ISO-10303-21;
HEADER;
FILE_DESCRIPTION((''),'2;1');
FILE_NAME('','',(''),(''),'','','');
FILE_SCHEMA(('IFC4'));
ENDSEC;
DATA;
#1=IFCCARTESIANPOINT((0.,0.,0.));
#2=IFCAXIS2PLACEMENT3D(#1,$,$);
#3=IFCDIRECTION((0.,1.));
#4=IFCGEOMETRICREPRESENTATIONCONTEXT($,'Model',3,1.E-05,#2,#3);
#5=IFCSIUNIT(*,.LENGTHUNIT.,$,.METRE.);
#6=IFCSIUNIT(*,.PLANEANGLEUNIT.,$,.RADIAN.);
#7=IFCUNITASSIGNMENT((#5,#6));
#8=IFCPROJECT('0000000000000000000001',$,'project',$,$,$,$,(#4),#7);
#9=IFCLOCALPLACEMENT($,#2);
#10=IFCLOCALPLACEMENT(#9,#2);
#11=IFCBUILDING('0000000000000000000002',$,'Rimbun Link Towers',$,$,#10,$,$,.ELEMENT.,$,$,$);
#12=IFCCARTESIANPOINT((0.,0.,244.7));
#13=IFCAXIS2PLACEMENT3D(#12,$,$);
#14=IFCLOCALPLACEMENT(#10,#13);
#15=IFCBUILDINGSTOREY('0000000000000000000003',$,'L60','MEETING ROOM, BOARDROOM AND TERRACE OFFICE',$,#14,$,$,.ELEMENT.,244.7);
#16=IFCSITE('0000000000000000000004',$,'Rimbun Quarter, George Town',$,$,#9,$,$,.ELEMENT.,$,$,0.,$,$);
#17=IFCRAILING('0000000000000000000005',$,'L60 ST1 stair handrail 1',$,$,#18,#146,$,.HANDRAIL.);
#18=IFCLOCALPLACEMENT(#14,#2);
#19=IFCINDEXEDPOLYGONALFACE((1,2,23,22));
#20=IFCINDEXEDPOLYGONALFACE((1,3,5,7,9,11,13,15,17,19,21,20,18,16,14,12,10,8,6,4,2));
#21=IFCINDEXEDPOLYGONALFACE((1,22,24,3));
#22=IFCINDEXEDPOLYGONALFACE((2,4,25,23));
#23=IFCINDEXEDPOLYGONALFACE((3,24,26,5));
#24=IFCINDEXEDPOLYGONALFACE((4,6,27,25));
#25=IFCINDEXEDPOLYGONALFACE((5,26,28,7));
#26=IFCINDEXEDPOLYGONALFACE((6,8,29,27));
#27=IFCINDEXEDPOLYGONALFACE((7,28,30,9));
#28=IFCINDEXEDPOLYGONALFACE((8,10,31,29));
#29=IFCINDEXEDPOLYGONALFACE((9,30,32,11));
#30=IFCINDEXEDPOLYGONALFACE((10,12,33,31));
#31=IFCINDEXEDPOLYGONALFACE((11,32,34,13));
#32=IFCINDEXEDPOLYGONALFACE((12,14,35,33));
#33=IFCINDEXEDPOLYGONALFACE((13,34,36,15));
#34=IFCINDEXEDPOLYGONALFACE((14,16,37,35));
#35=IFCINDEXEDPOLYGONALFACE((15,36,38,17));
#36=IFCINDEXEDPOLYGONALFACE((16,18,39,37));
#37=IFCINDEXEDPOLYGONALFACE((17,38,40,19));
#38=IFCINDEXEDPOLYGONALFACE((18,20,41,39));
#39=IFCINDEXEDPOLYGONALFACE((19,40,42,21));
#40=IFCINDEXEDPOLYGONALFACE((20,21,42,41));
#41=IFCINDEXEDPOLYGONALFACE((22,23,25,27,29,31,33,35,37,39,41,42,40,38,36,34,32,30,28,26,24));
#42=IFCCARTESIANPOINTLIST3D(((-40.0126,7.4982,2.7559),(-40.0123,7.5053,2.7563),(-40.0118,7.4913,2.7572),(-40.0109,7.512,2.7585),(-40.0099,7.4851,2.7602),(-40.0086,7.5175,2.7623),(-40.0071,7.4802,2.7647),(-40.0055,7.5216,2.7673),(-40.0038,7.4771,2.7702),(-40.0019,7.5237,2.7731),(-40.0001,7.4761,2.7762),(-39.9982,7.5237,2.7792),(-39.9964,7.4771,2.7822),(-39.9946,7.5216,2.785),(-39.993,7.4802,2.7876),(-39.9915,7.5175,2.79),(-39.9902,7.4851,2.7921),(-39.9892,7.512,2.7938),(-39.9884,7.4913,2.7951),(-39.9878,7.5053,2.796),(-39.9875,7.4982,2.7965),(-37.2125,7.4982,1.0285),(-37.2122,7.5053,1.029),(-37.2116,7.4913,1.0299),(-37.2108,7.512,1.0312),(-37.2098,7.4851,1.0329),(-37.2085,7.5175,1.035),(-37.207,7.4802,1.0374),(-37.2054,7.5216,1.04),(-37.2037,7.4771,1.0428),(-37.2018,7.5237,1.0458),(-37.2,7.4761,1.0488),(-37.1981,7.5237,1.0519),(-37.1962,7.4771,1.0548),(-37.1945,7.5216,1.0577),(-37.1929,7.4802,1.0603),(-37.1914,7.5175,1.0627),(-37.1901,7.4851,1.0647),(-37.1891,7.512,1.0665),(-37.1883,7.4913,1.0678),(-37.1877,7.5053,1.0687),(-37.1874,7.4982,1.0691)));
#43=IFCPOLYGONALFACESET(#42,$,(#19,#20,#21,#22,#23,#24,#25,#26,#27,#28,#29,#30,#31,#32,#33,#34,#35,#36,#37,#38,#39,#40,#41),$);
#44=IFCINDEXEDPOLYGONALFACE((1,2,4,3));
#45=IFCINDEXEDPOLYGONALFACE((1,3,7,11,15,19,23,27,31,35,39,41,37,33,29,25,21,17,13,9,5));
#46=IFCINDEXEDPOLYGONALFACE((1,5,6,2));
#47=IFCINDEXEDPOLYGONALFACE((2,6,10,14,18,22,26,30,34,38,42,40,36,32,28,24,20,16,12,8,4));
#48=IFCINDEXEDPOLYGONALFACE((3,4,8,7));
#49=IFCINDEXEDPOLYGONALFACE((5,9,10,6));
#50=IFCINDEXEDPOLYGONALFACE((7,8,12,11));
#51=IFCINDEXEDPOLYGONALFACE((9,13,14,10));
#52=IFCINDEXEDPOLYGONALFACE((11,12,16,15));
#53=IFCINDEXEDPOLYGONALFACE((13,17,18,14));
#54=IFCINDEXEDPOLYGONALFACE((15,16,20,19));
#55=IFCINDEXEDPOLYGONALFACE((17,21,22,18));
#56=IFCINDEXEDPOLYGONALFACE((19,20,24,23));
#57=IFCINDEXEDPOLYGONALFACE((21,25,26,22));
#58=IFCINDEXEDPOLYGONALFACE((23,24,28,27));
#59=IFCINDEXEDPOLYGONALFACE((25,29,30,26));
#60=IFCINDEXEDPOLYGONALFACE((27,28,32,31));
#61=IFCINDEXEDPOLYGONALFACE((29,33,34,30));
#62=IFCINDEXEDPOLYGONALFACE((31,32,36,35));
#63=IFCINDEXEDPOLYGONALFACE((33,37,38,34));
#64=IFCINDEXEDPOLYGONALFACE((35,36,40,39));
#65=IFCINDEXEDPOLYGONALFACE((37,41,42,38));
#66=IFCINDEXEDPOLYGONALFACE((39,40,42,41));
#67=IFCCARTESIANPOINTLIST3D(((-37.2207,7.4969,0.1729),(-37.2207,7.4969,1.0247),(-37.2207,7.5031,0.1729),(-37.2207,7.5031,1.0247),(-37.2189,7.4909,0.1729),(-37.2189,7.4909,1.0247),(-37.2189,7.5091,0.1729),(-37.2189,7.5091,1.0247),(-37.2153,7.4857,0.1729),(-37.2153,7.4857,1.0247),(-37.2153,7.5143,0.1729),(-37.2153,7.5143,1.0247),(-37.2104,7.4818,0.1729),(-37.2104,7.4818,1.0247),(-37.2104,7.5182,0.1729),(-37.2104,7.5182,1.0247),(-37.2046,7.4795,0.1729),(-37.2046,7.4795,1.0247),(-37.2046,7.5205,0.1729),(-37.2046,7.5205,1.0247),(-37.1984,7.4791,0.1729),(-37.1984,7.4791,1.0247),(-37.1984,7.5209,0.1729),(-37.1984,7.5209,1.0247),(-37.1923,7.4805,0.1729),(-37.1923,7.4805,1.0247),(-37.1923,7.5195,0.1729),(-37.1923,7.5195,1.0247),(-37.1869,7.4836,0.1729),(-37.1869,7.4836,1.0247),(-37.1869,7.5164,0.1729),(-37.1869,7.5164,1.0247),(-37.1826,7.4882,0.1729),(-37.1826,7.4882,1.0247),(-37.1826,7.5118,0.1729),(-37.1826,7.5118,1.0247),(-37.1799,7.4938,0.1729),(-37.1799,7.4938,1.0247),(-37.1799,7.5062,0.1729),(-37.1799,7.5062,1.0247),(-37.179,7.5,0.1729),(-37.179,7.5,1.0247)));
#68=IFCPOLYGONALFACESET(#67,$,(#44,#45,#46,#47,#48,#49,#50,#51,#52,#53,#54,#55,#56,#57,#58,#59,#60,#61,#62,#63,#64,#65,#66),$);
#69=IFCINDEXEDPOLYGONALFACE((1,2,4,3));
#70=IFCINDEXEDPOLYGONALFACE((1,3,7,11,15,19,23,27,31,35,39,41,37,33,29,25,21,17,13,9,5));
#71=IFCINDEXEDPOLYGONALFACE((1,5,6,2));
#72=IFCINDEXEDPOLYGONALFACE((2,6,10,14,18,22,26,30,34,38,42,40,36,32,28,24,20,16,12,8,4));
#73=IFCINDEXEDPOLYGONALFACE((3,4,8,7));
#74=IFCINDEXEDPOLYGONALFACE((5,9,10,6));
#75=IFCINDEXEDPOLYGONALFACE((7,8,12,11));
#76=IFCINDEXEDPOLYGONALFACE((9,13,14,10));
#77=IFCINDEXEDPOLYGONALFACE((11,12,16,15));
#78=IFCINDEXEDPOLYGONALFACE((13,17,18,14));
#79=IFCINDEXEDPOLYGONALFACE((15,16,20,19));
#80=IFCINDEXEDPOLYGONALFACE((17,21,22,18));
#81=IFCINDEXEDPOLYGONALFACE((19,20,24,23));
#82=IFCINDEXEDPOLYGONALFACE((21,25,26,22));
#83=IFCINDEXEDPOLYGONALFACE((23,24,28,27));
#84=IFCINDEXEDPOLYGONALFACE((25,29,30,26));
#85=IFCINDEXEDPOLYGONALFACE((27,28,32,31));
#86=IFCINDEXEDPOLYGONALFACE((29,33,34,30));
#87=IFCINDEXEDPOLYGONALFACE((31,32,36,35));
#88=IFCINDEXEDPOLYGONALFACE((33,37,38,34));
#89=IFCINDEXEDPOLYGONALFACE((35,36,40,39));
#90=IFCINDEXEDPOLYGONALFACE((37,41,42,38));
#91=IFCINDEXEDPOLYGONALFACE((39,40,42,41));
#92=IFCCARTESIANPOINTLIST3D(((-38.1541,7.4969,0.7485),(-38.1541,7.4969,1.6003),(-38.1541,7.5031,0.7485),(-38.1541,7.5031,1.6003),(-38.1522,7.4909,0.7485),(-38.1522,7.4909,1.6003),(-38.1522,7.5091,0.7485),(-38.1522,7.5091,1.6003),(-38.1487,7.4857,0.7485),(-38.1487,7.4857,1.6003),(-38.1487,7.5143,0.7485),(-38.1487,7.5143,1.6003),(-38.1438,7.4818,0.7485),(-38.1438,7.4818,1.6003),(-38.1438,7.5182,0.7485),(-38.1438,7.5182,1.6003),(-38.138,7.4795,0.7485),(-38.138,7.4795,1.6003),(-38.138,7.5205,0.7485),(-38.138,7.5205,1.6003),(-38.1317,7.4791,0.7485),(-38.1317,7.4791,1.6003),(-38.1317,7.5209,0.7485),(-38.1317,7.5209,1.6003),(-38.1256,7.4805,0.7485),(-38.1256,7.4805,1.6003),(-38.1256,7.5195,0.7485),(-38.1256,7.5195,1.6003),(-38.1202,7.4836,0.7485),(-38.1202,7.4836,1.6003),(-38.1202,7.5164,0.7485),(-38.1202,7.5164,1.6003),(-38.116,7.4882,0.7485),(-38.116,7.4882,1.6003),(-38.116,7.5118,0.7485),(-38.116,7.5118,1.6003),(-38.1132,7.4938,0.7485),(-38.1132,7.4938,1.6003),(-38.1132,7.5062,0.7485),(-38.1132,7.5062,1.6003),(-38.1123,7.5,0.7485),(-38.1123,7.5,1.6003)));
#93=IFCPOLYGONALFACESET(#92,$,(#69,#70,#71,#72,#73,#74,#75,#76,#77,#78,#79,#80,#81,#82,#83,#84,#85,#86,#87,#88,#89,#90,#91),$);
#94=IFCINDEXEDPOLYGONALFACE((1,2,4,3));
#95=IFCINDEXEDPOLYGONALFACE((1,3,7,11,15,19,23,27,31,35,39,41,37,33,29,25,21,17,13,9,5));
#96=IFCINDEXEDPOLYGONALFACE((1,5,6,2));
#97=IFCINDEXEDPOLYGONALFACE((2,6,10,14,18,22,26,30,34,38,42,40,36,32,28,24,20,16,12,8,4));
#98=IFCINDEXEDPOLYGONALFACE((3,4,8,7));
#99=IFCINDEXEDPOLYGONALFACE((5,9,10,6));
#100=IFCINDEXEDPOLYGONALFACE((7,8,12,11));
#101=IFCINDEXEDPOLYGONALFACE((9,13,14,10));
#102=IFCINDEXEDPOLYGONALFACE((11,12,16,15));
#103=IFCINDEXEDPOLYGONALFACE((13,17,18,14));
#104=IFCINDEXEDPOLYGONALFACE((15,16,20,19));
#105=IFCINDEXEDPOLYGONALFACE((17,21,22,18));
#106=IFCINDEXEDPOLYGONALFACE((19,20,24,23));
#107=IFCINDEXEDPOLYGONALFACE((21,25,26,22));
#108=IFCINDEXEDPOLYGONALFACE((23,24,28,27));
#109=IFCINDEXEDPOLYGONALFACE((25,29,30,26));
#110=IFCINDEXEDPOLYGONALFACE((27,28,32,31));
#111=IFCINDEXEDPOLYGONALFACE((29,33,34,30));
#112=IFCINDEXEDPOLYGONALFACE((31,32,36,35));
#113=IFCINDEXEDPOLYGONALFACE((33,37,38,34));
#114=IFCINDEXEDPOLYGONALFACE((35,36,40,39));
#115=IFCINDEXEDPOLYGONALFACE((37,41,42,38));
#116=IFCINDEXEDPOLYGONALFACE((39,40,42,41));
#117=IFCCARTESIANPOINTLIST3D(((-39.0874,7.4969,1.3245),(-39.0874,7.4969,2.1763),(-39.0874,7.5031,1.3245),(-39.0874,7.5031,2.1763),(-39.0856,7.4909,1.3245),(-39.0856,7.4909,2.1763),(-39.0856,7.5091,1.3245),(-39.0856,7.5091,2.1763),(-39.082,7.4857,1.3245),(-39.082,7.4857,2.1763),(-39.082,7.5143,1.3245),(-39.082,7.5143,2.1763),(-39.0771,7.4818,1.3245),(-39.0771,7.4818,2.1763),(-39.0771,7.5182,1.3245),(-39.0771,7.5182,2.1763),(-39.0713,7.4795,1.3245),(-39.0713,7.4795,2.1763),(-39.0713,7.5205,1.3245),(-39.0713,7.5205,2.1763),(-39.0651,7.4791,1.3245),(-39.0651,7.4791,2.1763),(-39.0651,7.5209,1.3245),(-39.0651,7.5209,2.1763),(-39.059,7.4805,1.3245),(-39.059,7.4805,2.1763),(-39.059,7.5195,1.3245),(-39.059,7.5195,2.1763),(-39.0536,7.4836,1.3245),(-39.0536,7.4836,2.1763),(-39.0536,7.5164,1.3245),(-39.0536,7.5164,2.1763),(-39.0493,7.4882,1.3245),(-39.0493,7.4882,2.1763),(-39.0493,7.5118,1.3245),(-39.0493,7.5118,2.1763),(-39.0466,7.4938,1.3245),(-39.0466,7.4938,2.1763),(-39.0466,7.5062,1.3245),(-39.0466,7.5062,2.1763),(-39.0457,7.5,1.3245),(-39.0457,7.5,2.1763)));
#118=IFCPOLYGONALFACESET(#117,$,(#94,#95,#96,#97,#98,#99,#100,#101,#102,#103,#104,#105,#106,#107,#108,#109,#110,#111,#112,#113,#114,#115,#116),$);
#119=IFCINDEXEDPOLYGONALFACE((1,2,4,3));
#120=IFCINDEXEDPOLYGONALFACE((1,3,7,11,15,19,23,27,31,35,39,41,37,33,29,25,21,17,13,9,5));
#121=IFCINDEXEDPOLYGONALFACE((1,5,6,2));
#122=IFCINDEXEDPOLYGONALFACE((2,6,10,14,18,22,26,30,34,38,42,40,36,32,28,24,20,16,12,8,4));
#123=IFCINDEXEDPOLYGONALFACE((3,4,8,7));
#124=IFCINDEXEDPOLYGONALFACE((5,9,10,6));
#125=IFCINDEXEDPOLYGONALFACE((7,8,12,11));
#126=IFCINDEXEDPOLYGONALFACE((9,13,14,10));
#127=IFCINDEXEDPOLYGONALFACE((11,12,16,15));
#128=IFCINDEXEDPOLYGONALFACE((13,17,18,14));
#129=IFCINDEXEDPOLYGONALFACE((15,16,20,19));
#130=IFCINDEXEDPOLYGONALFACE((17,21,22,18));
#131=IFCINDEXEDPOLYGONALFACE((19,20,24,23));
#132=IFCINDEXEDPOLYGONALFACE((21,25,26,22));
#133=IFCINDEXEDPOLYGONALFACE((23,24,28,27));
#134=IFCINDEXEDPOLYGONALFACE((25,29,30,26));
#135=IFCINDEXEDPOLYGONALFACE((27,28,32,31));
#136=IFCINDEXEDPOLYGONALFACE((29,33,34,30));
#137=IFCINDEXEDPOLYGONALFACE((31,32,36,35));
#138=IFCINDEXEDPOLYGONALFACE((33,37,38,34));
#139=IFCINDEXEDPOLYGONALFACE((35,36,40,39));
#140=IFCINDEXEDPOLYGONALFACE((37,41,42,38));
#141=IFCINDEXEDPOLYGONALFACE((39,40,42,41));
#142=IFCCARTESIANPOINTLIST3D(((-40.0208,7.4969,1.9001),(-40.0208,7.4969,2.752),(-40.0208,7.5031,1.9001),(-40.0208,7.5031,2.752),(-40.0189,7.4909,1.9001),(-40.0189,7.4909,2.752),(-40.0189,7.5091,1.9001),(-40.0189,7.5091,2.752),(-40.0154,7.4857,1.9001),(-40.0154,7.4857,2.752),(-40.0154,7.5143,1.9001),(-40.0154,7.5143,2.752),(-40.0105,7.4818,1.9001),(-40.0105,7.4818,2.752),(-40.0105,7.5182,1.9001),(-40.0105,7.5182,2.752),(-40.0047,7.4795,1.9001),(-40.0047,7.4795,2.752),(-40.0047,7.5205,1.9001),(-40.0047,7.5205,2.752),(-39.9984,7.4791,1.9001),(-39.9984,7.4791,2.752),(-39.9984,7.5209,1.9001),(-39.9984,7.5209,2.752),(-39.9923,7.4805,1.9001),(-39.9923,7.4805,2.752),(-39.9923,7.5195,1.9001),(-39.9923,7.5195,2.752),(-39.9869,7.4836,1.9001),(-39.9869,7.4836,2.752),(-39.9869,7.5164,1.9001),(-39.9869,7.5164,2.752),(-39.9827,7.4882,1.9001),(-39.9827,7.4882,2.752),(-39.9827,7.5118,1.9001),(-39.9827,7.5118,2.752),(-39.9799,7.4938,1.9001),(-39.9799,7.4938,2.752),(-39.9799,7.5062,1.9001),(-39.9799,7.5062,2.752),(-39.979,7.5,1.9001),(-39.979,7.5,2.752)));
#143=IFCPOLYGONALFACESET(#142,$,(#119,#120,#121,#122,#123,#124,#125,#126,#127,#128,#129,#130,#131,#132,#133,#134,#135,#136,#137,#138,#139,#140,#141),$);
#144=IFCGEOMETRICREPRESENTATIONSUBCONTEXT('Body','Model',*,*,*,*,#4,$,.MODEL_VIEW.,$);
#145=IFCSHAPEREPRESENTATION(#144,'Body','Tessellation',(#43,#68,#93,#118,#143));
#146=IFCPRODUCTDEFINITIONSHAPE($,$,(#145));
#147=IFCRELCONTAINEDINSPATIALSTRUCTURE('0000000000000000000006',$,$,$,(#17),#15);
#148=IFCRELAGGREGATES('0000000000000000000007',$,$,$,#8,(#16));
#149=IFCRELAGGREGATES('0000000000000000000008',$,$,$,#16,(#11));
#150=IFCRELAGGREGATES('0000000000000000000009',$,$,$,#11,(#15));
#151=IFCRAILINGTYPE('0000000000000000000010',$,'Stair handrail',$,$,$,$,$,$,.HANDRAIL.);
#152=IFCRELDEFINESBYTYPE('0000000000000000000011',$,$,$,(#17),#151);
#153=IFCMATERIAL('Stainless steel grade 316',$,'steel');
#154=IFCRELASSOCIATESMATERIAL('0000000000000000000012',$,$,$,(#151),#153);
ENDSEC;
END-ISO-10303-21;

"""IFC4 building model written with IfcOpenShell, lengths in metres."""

from ifc_helpers import new_model, si_unit, direction, frame, origin, origin_2d, place, context, subcontext, project, spatial, circle, extrude, material, type_object, element, save


model = new_model("IFC4")

# Units and contexts
model_context = context("Model", 3, precision=1e-05, world=origin(), true_north=direction((0.0, 1.0)))
body_context = subcontext(model_context, "Body", "Model", "MODEL_VIEW")
ifc_project = project(units=[si_unit("LENGTHUNIT", "METRE"), si_unit("PLANEANGLEUNIT", "RADIAN")], contexts=[model_context])

# Site, building, storey
site_placement = place(None, origin())
site = spatial("IfcSite", under=ifc_project, at=site_placement, Name="Rimbun Quarter, George Town", CompositionType="ELEMENT", RefElevation=0.0)
building_placement = place(site_placement, origin())
building = spatial("IfcBuilding", under=site, at=building_placement, Name="Rimbun Link Towers", CompositionType="ELEMENT")
storey_placement = place(building_placement, frame((0.0, 0.0, 244.7)))
storey = spatial("IfcBuildingStorey", under=building, at=storey_placement, Name="L60", Description="MEETING ROOM, BOARDROOM AND TERRACE OFFICE", CompositionType="ELEMENT", Elevation=244.7)

# Railing
ifc_material_1 = material(Name="Stainless steel grade 316", Category="steel")
railing_type_1 = type_object("IfcRailingType", Name="Stair handrail", PredefinedType="HANDRAIL", material=ifc_material_1)
railing_1_placement = place(storey_placement, frame((-37.2, 7.5, 0.1729)))
element("IfcRailing", 1, at=railing_1_placement, inside=storey, type_object=railing_type_1, Name="L60 ST1 stair handrail 1", PredefinedType="HANDRAIL", context=body_context, shape_type="SweptSolid", body=[
    extrude(circle(Radius=0.0239, at=origin_2d()), frame((0.0, 0.0, 0.876), z_axis=(-0.85109, 0.0, 0.52502), x_axis=(0.0, -1.0, 0.0)), (0.0, 0.0, 1.0), 3.29),
    extrude(circle(Radius=0.021, at=origin_2d()), origin(), (0.0, 0.0, 1.0), 0.8518),
    extrude(circle(Radius=0.021, at=origin_2d()), frame((-0.9333, 0.0, 0.5757)), (0.0, 0.0, 1.0), 0.8518),
    extrude(circle(Radius=0.021, at=origin_2d()), frame((-1.8667, 0.0, 1.1516)), (0.0, 0.0, 1.0), 0.8518),
    extrude(circle(Radius=0.021, at=origin_2d()), frame((-2.8, 0.0, 1.7273)), (0.0, 0.0, 1.0), 0.8518),
])

save(model, "model.ifc")
